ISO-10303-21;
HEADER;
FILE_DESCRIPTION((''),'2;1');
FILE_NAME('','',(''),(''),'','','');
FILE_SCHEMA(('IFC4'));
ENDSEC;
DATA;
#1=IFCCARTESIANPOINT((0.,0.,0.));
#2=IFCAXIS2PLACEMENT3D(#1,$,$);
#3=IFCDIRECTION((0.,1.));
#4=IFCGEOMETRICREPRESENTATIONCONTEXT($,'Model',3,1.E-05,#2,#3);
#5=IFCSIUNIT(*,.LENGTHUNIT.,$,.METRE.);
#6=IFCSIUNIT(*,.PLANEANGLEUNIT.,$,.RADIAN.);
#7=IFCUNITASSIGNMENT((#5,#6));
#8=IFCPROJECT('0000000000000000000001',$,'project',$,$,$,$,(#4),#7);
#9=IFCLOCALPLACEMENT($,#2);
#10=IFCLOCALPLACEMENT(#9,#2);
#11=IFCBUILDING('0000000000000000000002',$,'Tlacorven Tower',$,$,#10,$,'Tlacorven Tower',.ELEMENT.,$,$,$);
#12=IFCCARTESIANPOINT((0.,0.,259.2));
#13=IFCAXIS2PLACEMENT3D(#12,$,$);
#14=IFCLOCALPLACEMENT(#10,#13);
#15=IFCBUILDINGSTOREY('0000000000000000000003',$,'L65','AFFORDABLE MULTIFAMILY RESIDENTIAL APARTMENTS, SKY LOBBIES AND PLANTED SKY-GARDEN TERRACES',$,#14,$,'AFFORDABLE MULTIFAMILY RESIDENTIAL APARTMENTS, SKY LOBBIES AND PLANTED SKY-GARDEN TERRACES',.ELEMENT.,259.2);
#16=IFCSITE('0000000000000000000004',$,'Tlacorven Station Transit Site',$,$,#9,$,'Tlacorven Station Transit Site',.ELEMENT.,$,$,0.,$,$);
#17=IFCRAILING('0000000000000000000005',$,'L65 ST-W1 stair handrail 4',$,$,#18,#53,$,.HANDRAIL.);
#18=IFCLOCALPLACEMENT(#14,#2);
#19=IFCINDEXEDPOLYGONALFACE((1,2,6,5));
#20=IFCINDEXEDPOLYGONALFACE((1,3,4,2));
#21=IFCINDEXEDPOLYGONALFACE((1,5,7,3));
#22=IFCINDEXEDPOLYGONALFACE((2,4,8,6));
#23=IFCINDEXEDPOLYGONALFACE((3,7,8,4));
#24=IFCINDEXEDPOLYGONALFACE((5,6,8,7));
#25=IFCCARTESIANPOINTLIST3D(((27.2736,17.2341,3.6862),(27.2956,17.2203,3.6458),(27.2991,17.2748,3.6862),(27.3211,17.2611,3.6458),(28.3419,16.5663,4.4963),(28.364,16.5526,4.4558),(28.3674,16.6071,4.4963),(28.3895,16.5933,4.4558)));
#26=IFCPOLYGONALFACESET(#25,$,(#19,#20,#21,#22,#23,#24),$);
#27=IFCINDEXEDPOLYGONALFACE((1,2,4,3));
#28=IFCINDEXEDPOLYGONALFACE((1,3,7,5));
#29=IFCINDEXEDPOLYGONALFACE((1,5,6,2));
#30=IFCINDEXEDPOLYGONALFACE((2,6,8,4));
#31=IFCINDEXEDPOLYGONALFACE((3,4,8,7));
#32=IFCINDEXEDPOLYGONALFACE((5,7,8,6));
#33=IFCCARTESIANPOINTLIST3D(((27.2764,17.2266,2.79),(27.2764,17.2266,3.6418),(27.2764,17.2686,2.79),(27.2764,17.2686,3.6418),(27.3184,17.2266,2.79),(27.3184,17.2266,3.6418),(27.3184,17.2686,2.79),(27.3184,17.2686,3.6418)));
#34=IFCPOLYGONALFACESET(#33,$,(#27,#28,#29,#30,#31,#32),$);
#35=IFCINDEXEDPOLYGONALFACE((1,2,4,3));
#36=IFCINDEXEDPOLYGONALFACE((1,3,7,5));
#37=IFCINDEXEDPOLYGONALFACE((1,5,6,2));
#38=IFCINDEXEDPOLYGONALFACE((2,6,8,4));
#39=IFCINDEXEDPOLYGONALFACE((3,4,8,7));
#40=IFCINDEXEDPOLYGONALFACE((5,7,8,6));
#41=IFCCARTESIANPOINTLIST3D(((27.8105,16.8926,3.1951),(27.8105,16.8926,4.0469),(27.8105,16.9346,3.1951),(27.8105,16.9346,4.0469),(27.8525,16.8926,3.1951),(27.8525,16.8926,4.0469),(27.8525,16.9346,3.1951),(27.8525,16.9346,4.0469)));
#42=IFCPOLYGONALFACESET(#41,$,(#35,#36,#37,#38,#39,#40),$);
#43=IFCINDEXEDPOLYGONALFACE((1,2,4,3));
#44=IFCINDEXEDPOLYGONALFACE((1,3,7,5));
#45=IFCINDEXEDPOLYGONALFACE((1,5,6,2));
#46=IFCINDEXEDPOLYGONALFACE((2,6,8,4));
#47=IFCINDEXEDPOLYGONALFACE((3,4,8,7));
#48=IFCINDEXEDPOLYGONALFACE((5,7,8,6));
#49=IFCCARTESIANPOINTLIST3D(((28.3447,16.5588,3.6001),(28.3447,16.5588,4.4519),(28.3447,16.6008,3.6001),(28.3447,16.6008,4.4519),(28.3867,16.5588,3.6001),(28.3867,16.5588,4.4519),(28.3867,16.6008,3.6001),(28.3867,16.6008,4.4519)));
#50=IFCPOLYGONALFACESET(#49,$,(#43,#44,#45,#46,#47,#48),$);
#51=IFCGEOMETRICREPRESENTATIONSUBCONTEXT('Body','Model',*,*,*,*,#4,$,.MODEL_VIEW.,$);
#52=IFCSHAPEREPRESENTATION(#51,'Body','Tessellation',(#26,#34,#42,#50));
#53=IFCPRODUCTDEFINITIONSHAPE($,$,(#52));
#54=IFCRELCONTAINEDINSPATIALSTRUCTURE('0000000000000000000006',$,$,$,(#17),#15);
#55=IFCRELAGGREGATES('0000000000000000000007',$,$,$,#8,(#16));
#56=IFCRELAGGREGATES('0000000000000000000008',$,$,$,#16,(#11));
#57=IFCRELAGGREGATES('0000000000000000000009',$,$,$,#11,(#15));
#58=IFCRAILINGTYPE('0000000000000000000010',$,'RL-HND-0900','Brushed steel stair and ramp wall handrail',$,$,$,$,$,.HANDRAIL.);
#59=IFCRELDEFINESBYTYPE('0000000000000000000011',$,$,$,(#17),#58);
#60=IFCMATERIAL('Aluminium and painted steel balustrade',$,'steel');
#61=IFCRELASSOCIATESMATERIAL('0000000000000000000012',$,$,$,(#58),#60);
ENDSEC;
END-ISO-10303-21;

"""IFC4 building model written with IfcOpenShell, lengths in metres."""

from ifc_helpers import new_model, si_unit, direction, frame, origin, origin_2d, place, context, subcontext, project, spatial, rectangle, extrude, source, transform, mapped, material, type_object, element, save


model = new_model("IFC4")

# Units and contexts
model_context = context("Model", 3, precision=1e-05, world=origin(), true_north=direction((0.0, 1.0)))
body_context = subcontext(model_context, "Body", "Model", "MODEL_VIEW")
ifc_project = project(units=[si_unit("LENGTHUNIT", "METRE"), si_unit("PLANEANGLEUNIT", "RADIAN")], contexts=[model_context])

# Site, building, storey
site_placement = place(None, origin())
site = spatial("IfcSite", under=ifc_project, at=site_placement, Name="Tlacorven Station Transit Site", LongName="Tlacorven Station Transit Site", CompositionType="ELEMENT", RefElevation=0.0)
building_placement = place(site_placement, origin())
building = spatial("IfcBuilding", under=site, at=building_placement, Name="Tlacorven Tower", LongName="Tlacorven Tower", CompositionType="ELEMENT")
storey_placement = place(building_placement, frame((0.0, 0.0, 259.2)))
storey = spatial("IfcBuildingStorey", under=building, at=storey_placement, Name="L65", Description="AFFORDABLE MULTIFAMILY RESIDENTIAL APARTMENTS, SKY LOBBIES AND PLANTED SKY-GARDEN TERRACES", LongName="AFFORDABLE MULTIFAMILY RESIDENTIAL APARTMENTS, SKY LOBBIES AND PLANTED SKY-GARDEN TERRACES", CompositionType="ELEMENT", Elevation=259.2)

# Railing
ifc_material_1 = material(Name="Aluminium and painted steel balustrade", Category="steel")
railing_type_1 = type_object("IfcRailingType", Name="RL-HND-0900", Description="Brushed steel stair and ramp wall handrail", PredefinedType="HANDRAIL", material=ifc_material_1)
shared_shape_1 = source(origin(), body_context, "Body", "SweptSolid", [
    extrude(rectangle(XDim=0.0481, YDim=0.0481, at=origin_2d()), frame((0.0, 0.0, 0.876), z_axis=(0.71328, -0.4458, 0.540828), x_axis=(0.529999, 0.847998, 0.0)), (0.0, 0.0, 1.0), 1.4978),
    extrude(rectangle(XDim=0.042, YDim=0.042, at=origin_2d()), origin(), (0.0, 0.0, 1.0), 0.8518),
    extrude(rectangle(XDim=0.042, YDim=0.042, at=origin_2d()), frame((0.5342, -0.334, 0.405)), (0.0, 0.0, 1.0), 0.8518),
    extrude(rectangle(XDim=0.042, YDim=0.042, at=origin_2d()), frame((1.0684, -0.6677, 0.8101)), (0.0, 0.0, 1.0), 0.8518),
])
railing_1_placement = place(storey_placement, frame((27.2974, 17.2476, 2.79)))
element("IfcRailing", 1, at=railing_1_placement, inside=storey, type_object=railing_type_1, Name="L65 ST-W1 stair handrail 4", PredefinedType="HANDRAIL", context=body_context, shape_type="MappedRepresentation", body=[
    mapped(shared_shape_1, transform((0.0, 0.0, 0.0), scale=1.0)),
])

save(model, "model.ifc")
